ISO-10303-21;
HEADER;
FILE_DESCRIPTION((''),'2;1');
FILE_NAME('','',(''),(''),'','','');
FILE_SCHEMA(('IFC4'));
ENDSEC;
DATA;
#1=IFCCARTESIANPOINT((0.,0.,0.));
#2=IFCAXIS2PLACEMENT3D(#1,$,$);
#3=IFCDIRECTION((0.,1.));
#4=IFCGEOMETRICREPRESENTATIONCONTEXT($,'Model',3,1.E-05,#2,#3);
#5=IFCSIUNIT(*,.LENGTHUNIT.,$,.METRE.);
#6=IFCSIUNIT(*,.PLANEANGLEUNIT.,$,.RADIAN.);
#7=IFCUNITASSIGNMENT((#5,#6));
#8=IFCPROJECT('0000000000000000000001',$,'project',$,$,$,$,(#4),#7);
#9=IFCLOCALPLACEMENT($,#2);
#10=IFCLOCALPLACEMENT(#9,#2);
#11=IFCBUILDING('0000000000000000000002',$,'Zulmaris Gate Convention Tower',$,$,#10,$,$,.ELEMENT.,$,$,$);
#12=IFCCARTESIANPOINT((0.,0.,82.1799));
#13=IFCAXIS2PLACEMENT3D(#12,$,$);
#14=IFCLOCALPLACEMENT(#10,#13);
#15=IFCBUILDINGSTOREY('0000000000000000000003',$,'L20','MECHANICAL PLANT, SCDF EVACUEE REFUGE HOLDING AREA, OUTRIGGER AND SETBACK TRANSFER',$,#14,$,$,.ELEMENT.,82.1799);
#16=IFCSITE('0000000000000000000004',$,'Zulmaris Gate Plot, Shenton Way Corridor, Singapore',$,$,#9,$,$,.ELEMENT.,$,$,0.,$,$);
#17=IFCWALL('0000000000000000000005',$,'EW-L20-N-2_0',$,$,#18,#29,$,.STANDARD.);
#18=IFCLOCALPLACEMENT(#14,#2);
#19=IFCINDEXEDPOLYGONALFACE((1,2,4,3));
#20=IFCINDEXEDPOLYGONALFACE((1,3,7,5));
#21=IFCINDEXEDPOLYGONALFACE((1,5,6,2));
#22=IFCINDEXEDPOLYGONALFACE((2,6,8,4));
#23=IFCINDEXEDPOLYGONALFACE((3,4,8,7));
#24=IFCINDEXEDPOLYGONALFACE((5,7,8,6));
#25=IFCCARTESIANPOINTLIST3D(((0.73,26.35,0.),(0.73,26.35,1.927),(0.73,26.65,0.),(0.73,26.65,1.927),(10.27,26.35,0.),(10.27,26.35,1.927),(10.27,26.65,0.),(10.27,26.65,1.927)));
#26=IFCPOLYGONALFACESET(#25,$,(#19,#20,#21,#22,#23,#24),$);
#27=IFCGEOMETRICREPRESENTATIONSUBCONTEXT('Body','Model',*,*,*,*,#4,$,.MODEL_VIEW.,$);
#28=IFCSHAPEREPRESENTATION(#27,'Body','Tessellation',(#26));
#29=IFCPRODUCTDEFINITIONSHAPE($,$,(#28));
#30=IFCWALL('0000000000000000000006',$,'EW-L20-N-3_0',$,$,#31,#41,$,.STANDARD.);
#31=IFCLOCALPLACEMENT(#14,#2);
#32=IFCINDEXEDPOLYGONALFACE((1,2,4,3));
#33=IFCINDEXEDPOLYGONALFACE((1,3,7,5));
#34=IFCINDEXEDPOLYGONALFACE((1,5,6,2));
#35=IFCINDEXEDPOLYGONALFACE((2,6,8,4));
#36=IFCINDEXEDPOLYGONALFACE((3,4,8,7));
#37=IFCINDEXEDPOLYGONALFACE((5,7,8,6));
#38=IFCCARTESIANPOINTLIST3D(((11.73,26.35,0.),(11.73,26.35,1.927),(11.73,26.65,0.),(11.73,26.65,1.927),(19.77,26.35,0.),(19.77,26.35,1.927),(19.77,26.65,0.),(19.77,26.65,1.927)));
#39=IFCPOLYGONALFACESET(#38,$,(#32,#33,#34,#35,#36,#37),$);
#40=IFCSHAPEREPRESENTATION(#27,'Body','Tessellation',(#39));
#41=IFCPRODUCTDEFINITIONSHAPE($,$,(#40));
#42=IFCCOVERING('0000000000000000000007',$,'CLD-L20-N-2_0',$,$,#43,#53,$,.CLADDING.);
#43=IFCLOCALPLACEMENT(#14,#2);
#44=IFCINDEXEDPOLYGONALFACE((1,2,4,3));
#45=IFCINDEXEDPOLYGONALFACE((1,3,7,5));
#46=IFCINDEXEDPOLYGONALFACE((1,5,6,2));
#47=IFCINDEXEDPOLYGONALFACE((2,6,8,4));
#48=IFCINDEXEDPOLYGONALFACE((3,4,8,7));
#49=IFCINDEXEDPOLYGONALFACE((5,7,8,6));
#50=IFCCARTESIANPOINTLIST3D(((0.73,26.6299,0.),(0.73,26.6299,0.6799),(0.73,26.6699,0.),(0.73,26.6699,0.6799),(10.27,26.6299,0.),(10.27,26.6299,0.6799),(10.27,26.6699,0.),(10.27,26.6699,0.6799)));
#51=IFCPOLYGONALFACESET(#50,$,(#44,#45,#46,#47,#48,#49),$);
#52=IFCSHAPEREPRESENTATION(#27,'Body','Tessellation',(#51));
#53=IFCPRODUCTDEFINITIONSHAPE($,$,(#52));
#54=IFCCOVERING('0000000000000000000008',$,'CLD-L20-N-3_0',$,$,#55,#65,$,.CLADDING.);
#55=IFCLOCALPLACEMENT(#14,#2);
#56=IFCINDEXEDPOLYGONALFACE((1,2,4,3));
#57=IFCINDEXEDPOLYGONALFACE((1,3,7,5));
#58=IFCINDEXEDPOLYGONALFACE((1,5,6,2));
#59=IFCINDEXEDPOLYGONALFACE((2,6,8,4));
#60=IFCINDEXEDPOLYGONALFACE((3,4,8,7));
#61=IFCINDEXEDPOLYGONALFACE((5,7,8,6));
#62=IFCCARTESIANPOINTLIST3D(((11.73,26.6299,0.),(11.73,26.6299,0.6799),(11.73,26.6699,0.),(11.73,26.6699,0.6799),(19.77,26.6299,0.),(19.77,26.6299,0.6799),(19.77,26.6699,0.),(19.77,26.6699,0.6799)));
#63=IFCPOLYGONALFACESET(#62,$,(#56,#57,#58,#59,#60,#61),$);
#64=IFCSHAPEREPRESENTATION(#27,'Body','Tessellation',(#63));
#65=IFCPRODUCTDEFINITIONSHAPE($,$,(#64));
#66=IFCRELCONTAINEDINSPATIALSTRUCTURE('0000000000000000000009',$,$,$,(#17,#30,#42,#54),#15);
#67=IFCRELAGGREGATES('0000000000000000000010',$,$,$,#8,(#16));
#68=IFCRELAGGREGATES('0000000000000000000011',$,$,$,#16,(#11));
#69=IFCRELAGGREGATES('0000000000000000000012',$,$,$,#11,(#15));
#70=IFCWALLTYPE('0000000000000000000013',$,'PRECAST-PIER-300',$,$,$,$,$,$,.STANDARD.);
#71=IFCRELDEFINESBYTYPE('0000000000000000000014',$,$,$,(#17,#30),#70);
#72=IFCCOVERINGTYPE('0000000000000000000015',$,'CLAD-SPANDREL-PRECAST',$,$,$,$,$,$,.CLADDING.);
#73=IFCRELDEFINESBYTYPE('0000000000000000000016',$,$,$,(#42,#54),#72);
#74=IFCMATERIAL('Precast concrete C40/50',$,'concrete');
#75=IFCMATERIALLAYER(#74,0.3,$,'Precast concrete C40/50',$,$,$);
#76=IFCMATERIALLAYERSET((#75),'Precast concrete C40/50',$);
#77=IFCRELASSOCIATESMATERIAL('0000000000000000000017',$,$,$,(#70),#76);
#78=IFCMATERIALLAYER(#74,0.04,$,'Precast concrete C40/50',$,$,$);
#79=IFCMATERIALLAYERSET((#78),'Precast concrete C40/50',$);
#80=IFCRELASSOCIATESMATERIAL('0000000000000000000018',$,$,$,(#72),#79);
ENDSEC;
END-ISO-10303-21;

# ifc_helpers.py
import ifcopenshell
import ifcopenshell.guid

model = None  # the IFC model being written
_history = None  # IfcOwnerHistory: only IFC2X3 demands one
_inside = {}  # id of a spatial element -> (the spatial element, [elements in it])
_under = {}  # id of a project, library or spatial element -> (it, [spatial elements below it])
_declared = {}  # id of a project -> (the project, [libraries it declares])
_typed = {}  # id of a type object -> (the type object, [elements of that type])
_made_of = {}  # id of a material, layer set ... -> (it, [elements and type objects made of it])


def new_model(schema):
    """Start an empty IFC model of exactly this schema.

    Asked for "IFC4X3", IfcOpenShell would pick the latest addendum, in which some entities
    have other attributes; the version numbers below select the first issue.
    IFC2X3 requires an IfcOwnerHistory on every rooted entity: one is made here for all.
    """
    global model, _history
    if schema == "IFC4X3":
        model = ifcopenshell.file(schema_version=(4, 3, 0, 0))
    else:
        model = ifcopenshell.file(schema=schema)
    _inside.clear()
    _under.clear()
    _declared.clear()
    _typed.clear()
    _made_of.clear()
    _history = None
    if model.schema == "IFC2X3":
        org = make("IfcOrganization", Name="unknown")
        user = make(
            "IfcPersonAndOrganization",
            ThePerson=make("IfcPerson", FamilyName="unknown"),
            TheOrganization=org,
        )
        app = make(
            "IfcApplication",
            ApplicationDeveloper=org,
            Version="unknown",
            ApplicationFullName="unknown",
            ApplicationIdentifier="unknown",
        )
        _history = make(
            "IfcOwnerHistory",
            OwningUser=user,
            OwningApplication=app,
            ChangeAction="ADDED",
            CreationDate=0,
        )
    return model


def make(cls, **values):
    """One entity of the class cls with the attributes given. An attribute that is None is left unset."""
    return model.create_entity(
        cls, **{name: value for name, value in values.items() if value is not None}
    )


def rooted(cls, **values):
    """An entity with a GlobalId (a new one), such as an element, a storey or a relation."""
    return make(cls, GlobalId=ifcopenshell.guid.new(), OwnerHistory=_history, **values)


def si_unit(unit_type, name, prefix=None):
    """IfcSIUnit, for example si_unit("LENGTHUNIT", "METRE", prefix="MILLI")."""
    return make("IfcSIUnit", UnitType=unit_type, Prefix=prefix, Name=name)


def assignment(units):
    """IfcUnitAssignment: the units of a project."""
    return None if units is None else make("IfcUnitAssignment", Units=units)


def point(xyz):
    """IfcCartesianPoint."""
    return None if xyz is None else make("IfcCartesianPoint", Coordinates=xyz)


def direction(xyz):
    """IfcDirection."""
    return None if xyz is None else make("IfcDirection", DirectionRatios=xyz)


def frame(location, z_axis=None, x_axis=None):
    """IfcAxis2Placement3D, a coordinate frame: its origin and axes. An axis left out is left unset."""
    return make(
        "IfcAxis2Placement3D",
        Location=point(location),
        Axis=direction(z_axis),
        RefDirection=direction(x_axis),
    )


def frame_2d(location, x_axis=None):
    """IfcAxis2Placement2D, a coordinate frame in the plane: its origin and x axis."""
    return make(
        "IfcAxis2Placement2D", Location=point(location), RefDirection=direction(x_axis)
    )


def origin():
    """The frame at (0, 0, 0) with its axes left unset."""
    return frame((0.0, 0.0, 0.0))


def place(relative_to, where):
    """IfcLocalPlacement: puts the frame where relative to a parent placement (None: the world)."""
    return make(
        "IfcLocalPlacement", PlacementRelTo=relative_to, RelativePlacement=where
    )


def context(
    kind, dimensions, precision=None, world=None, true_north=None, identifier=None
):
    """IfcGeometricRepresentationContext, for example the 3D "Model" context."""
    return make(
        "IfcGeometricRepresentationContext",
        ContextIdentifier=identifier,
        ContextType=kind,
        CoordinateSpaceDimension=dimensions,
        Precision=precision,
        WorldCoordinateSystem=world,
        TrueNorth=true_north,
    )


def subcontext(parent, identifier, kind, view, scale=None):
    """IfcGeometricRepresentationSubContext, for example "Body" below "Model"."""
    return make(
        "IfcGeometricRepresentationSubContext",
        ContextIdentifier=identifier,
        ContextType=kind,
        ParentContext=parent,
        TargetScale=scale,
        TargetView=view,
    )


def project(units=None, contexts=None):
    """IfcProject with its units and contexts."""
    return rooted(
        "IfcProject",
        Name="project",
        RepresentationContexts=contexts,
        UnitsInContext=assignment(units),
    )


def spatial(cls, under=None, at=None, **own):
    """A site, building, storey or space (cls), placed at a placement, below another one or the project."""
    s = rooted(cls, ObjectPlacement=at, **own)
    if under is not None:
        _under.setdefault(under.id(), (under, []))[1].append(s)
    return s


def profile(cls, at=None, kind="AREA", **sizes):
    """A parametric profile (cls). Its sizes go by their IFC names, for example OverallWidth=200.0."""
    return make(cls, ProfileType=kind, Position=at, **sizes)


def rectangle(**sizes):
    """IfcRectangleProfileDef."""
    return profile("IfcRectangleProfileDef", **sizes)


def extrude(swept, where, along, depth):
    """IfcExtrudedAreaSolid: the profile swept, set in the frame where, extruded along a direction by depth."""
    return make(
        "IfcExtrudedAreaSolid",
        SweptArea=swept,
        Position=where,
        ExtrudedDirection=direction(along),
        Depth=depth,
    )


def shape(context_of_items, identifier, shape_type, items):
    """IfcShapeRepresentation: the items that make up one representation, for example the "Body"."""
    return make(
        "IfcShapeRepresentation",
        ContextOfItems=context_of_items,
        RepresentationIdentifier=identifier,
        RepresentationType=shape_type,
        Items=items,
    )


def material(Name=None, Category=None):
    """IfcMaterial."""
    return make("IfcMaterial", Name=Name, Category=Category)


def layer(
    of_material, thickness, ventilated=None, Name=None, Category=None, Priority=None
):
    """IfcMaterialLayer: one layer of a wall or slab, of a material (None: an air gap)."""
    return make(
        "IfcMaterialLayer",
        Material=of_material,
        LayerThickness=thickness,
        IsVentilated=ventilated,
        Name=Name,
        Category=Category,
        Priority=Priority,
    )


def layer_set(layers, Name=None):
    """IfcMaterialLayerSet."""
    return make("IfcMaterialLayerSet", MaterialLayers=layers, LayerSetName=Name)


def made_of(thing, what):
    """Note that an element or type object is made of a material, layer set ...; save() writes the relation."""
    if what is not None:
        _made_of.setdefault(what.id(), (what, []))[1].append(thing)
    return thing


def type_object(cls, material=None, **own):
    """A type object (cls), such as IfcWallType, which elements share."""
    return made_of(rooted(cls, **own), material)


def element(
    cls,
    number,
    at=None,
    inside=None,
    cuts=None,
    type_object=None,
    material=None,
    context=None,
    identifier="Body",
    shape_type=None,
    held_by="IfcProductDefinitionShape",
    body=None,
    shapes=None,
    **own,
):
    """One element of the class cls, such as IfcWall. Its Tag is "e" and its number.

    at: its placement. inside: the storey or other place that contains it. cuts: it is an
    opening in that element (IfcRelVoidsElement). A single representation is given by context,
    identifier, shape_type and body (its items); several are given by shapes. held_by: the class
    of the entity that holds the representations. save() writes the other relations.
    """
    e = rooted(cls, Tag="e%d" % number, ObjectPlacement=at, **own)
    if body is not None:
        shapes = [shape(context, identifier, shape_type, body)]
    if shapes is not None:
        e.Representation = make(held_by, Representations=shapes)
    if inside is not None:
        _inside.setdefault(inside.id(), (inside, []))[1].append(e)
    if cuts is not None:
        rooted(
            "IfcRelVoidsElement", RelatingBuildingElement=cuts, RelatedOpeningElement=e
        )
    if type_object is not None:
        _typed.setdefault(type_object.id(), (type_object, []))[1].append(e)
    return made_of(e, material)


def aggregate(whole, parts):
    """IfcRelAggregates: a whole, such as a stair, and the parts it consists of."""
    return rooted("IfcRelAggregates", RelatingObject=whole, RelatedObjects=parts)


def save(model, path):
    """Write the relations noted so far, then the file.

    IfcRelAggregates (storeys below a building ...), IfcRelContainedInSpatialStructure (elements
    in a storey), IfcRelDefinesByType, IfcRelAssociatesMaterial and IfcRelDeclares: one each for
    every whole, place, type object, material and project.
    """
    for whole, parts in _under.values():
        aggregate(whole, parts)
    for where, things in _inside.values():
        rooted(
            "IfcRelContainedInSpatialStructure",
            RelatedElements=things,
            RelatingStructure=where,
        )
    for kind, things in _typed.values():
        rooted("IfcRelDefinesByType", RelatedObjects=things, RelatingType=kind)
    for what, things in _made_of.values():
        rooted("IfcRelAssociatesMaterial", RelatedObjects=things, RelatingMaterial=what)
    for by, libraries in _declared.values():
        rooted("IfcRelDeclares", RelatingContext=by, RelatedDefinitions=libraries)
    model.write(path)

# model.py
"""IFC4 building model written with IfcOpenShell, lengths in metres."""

from ifc_helpers import new_model, si_unit, direction, frame, frame_2d, origin, place, context, subcontext, project, spatial, rectangle, extrude, material, layer, layer_set, type_object, element, save


model = new_model("IFC4")

# Units and contexts
model_context = context("Model", 3, precision=1e-05, world=origin(), true_north=direction((0.0, 1.0)))
body_context = subcontext(model_context, "Body", "Model", "MODEL_VIEW")
ifc_project = project(units=[si_unit("LENGTHUNIT", "METRE"), si_unit("PLANEANGLEUNIT", "RADIAN")], contexts=[model_context])

# Site, building, storey
site_placement = place(None, origin())
site = spatial("IfcSite", under=ifc_project, at=site_placement, Name="Zulmaris Gate Plot, Shenton Way Corridor, Singapore", CompositionType="ELEMENT", RefElevation=0.0)
building_placement = place(site_placement, origin())
building = spatial("IfcBuilding", under=site, at=building_placement, Name="Zulmaris Gate Convention Tower", CompositionType="ELEMENT")
storey_placement = place(building_placement, frame((0.0, 0.0, 82.1799)))
storey = spatial("IfcBuildingStorey", under=building, at=storey_placement, Name="L20", Description="MECHANICAL PLANT, SCDF EVACUEE REFUGE HOLDING AREA, OUTRIGGER AND SETBACK TRANSFER", CompositionType="ELEMENT", Elevation=82.1799)

# Walls
ifc_material_1 = material(Name="Precast concrete C40/50", Category="concrete")
ifc_layer_1 = layer(ifc_material_1, 0.3, Name="Precast concrete C40/50")
ifc_layer_set_1 = layer_set([ifc_layer_1], Name="Precast concrete C40/50")
wall_type_1 = type_object("IfcWallType", Name="PRECAST-PIER-300", PredefinedType="STANDARD", material=ifc_layer_set_1)
wall_1_placement = place(storey_placement, frame((10.27, 26.5, 0.0), z_axis=(0.0, 0.0, 1.0), x_axis=(-1.0, 0.0, 0.0)))
element("IfcWall", 1, at=wall_1_placement, inside=storey, type_object=wall_type_1, Name="EW-L20-N-2_0", PredefinedType="STANDARD", context=body_context, shape_type="SweptSolid", body=[
    extrude(rectangle(XDim=9.54, YDim=0.3, at=frame_2d((4.77, 0.0))), origin(), (0.0, 0.0, 1.0), 1.927),
])
wall_2_placement = place(storey_placement, frame((19.77, 26.5, 0.0), z_axis=(0.0, 0.0, 1.0), x_axis=(-1.0, 0.0, 0.0)))
element("IfcWall", 2, at=wall_2_placement, inside=storey, type_object=wall_type_1, Name="EW-L20-N-3_0", PredefinedType="STANDARD", context=body_context, shape_type="SweptSolid", body=[
    extrude(rectangle(XDim=8.04, YDim=0.3, at=frame_2d((4.02, 0.0))), origin(), (0.0, 0.0, 1.0), 1.927),
])

# Coverings
ifc_layer_2 = layer(ifc_material_1, 0.04, Name="Precast concrete C40/50")
ifc_layer_set_2 = layer_set([ifc_layer_2], Name="Precast concrete C40/50")
covering_type = type_object("IfcCoveringType", Name="CLAD-SPANDREL-PRECAST", PredefinedType="CLADDING", material=ifc_layer_set_2)
covering_1_placement = place(storey_placement, frame((10.27, 26.6499, 0.0), z_axis=(0.0, 0.0, 1.0), x_axis=(-1.0, 0.0, 0.0)))
element("IfcCovering", 3, at=covering_1_placement, inside=storey, type_object=covering_type, Name="CLD-L20-N-2_0", PredefinedType="CLADDING", context=body_context, shape_type="SweptSolid", body=[
    extrude(rectangle(XDim=9.54, YDim=0.04, at=frame_2d((4.77, 0.0))), origin(), (0.0, 0.0, 1.0), 0.6799),
])
covering_2_placement = place(storey_placement, frame((19.77, 26.6499, 0.0), z_axis=(0.0, 0.0, 1.0), x_axis=(-1.0, 0.0, 0.0)))
element("IfcCovering", 4, at=covering_2_placement, inside=storey, type_object=covering_type, Name="CLD-L20-N-3_0", PredefinedType="CLADDING", context=body_context, shape_type="SweptSolid", body=[
    extrude(rectangle(XDim=8.04, YDim=0.04, at=frame_2d((4.02, 0.0))), origin(), (0.0, 0.0, 1.0), 0.6799),
])

save(model, "model.ifc")
